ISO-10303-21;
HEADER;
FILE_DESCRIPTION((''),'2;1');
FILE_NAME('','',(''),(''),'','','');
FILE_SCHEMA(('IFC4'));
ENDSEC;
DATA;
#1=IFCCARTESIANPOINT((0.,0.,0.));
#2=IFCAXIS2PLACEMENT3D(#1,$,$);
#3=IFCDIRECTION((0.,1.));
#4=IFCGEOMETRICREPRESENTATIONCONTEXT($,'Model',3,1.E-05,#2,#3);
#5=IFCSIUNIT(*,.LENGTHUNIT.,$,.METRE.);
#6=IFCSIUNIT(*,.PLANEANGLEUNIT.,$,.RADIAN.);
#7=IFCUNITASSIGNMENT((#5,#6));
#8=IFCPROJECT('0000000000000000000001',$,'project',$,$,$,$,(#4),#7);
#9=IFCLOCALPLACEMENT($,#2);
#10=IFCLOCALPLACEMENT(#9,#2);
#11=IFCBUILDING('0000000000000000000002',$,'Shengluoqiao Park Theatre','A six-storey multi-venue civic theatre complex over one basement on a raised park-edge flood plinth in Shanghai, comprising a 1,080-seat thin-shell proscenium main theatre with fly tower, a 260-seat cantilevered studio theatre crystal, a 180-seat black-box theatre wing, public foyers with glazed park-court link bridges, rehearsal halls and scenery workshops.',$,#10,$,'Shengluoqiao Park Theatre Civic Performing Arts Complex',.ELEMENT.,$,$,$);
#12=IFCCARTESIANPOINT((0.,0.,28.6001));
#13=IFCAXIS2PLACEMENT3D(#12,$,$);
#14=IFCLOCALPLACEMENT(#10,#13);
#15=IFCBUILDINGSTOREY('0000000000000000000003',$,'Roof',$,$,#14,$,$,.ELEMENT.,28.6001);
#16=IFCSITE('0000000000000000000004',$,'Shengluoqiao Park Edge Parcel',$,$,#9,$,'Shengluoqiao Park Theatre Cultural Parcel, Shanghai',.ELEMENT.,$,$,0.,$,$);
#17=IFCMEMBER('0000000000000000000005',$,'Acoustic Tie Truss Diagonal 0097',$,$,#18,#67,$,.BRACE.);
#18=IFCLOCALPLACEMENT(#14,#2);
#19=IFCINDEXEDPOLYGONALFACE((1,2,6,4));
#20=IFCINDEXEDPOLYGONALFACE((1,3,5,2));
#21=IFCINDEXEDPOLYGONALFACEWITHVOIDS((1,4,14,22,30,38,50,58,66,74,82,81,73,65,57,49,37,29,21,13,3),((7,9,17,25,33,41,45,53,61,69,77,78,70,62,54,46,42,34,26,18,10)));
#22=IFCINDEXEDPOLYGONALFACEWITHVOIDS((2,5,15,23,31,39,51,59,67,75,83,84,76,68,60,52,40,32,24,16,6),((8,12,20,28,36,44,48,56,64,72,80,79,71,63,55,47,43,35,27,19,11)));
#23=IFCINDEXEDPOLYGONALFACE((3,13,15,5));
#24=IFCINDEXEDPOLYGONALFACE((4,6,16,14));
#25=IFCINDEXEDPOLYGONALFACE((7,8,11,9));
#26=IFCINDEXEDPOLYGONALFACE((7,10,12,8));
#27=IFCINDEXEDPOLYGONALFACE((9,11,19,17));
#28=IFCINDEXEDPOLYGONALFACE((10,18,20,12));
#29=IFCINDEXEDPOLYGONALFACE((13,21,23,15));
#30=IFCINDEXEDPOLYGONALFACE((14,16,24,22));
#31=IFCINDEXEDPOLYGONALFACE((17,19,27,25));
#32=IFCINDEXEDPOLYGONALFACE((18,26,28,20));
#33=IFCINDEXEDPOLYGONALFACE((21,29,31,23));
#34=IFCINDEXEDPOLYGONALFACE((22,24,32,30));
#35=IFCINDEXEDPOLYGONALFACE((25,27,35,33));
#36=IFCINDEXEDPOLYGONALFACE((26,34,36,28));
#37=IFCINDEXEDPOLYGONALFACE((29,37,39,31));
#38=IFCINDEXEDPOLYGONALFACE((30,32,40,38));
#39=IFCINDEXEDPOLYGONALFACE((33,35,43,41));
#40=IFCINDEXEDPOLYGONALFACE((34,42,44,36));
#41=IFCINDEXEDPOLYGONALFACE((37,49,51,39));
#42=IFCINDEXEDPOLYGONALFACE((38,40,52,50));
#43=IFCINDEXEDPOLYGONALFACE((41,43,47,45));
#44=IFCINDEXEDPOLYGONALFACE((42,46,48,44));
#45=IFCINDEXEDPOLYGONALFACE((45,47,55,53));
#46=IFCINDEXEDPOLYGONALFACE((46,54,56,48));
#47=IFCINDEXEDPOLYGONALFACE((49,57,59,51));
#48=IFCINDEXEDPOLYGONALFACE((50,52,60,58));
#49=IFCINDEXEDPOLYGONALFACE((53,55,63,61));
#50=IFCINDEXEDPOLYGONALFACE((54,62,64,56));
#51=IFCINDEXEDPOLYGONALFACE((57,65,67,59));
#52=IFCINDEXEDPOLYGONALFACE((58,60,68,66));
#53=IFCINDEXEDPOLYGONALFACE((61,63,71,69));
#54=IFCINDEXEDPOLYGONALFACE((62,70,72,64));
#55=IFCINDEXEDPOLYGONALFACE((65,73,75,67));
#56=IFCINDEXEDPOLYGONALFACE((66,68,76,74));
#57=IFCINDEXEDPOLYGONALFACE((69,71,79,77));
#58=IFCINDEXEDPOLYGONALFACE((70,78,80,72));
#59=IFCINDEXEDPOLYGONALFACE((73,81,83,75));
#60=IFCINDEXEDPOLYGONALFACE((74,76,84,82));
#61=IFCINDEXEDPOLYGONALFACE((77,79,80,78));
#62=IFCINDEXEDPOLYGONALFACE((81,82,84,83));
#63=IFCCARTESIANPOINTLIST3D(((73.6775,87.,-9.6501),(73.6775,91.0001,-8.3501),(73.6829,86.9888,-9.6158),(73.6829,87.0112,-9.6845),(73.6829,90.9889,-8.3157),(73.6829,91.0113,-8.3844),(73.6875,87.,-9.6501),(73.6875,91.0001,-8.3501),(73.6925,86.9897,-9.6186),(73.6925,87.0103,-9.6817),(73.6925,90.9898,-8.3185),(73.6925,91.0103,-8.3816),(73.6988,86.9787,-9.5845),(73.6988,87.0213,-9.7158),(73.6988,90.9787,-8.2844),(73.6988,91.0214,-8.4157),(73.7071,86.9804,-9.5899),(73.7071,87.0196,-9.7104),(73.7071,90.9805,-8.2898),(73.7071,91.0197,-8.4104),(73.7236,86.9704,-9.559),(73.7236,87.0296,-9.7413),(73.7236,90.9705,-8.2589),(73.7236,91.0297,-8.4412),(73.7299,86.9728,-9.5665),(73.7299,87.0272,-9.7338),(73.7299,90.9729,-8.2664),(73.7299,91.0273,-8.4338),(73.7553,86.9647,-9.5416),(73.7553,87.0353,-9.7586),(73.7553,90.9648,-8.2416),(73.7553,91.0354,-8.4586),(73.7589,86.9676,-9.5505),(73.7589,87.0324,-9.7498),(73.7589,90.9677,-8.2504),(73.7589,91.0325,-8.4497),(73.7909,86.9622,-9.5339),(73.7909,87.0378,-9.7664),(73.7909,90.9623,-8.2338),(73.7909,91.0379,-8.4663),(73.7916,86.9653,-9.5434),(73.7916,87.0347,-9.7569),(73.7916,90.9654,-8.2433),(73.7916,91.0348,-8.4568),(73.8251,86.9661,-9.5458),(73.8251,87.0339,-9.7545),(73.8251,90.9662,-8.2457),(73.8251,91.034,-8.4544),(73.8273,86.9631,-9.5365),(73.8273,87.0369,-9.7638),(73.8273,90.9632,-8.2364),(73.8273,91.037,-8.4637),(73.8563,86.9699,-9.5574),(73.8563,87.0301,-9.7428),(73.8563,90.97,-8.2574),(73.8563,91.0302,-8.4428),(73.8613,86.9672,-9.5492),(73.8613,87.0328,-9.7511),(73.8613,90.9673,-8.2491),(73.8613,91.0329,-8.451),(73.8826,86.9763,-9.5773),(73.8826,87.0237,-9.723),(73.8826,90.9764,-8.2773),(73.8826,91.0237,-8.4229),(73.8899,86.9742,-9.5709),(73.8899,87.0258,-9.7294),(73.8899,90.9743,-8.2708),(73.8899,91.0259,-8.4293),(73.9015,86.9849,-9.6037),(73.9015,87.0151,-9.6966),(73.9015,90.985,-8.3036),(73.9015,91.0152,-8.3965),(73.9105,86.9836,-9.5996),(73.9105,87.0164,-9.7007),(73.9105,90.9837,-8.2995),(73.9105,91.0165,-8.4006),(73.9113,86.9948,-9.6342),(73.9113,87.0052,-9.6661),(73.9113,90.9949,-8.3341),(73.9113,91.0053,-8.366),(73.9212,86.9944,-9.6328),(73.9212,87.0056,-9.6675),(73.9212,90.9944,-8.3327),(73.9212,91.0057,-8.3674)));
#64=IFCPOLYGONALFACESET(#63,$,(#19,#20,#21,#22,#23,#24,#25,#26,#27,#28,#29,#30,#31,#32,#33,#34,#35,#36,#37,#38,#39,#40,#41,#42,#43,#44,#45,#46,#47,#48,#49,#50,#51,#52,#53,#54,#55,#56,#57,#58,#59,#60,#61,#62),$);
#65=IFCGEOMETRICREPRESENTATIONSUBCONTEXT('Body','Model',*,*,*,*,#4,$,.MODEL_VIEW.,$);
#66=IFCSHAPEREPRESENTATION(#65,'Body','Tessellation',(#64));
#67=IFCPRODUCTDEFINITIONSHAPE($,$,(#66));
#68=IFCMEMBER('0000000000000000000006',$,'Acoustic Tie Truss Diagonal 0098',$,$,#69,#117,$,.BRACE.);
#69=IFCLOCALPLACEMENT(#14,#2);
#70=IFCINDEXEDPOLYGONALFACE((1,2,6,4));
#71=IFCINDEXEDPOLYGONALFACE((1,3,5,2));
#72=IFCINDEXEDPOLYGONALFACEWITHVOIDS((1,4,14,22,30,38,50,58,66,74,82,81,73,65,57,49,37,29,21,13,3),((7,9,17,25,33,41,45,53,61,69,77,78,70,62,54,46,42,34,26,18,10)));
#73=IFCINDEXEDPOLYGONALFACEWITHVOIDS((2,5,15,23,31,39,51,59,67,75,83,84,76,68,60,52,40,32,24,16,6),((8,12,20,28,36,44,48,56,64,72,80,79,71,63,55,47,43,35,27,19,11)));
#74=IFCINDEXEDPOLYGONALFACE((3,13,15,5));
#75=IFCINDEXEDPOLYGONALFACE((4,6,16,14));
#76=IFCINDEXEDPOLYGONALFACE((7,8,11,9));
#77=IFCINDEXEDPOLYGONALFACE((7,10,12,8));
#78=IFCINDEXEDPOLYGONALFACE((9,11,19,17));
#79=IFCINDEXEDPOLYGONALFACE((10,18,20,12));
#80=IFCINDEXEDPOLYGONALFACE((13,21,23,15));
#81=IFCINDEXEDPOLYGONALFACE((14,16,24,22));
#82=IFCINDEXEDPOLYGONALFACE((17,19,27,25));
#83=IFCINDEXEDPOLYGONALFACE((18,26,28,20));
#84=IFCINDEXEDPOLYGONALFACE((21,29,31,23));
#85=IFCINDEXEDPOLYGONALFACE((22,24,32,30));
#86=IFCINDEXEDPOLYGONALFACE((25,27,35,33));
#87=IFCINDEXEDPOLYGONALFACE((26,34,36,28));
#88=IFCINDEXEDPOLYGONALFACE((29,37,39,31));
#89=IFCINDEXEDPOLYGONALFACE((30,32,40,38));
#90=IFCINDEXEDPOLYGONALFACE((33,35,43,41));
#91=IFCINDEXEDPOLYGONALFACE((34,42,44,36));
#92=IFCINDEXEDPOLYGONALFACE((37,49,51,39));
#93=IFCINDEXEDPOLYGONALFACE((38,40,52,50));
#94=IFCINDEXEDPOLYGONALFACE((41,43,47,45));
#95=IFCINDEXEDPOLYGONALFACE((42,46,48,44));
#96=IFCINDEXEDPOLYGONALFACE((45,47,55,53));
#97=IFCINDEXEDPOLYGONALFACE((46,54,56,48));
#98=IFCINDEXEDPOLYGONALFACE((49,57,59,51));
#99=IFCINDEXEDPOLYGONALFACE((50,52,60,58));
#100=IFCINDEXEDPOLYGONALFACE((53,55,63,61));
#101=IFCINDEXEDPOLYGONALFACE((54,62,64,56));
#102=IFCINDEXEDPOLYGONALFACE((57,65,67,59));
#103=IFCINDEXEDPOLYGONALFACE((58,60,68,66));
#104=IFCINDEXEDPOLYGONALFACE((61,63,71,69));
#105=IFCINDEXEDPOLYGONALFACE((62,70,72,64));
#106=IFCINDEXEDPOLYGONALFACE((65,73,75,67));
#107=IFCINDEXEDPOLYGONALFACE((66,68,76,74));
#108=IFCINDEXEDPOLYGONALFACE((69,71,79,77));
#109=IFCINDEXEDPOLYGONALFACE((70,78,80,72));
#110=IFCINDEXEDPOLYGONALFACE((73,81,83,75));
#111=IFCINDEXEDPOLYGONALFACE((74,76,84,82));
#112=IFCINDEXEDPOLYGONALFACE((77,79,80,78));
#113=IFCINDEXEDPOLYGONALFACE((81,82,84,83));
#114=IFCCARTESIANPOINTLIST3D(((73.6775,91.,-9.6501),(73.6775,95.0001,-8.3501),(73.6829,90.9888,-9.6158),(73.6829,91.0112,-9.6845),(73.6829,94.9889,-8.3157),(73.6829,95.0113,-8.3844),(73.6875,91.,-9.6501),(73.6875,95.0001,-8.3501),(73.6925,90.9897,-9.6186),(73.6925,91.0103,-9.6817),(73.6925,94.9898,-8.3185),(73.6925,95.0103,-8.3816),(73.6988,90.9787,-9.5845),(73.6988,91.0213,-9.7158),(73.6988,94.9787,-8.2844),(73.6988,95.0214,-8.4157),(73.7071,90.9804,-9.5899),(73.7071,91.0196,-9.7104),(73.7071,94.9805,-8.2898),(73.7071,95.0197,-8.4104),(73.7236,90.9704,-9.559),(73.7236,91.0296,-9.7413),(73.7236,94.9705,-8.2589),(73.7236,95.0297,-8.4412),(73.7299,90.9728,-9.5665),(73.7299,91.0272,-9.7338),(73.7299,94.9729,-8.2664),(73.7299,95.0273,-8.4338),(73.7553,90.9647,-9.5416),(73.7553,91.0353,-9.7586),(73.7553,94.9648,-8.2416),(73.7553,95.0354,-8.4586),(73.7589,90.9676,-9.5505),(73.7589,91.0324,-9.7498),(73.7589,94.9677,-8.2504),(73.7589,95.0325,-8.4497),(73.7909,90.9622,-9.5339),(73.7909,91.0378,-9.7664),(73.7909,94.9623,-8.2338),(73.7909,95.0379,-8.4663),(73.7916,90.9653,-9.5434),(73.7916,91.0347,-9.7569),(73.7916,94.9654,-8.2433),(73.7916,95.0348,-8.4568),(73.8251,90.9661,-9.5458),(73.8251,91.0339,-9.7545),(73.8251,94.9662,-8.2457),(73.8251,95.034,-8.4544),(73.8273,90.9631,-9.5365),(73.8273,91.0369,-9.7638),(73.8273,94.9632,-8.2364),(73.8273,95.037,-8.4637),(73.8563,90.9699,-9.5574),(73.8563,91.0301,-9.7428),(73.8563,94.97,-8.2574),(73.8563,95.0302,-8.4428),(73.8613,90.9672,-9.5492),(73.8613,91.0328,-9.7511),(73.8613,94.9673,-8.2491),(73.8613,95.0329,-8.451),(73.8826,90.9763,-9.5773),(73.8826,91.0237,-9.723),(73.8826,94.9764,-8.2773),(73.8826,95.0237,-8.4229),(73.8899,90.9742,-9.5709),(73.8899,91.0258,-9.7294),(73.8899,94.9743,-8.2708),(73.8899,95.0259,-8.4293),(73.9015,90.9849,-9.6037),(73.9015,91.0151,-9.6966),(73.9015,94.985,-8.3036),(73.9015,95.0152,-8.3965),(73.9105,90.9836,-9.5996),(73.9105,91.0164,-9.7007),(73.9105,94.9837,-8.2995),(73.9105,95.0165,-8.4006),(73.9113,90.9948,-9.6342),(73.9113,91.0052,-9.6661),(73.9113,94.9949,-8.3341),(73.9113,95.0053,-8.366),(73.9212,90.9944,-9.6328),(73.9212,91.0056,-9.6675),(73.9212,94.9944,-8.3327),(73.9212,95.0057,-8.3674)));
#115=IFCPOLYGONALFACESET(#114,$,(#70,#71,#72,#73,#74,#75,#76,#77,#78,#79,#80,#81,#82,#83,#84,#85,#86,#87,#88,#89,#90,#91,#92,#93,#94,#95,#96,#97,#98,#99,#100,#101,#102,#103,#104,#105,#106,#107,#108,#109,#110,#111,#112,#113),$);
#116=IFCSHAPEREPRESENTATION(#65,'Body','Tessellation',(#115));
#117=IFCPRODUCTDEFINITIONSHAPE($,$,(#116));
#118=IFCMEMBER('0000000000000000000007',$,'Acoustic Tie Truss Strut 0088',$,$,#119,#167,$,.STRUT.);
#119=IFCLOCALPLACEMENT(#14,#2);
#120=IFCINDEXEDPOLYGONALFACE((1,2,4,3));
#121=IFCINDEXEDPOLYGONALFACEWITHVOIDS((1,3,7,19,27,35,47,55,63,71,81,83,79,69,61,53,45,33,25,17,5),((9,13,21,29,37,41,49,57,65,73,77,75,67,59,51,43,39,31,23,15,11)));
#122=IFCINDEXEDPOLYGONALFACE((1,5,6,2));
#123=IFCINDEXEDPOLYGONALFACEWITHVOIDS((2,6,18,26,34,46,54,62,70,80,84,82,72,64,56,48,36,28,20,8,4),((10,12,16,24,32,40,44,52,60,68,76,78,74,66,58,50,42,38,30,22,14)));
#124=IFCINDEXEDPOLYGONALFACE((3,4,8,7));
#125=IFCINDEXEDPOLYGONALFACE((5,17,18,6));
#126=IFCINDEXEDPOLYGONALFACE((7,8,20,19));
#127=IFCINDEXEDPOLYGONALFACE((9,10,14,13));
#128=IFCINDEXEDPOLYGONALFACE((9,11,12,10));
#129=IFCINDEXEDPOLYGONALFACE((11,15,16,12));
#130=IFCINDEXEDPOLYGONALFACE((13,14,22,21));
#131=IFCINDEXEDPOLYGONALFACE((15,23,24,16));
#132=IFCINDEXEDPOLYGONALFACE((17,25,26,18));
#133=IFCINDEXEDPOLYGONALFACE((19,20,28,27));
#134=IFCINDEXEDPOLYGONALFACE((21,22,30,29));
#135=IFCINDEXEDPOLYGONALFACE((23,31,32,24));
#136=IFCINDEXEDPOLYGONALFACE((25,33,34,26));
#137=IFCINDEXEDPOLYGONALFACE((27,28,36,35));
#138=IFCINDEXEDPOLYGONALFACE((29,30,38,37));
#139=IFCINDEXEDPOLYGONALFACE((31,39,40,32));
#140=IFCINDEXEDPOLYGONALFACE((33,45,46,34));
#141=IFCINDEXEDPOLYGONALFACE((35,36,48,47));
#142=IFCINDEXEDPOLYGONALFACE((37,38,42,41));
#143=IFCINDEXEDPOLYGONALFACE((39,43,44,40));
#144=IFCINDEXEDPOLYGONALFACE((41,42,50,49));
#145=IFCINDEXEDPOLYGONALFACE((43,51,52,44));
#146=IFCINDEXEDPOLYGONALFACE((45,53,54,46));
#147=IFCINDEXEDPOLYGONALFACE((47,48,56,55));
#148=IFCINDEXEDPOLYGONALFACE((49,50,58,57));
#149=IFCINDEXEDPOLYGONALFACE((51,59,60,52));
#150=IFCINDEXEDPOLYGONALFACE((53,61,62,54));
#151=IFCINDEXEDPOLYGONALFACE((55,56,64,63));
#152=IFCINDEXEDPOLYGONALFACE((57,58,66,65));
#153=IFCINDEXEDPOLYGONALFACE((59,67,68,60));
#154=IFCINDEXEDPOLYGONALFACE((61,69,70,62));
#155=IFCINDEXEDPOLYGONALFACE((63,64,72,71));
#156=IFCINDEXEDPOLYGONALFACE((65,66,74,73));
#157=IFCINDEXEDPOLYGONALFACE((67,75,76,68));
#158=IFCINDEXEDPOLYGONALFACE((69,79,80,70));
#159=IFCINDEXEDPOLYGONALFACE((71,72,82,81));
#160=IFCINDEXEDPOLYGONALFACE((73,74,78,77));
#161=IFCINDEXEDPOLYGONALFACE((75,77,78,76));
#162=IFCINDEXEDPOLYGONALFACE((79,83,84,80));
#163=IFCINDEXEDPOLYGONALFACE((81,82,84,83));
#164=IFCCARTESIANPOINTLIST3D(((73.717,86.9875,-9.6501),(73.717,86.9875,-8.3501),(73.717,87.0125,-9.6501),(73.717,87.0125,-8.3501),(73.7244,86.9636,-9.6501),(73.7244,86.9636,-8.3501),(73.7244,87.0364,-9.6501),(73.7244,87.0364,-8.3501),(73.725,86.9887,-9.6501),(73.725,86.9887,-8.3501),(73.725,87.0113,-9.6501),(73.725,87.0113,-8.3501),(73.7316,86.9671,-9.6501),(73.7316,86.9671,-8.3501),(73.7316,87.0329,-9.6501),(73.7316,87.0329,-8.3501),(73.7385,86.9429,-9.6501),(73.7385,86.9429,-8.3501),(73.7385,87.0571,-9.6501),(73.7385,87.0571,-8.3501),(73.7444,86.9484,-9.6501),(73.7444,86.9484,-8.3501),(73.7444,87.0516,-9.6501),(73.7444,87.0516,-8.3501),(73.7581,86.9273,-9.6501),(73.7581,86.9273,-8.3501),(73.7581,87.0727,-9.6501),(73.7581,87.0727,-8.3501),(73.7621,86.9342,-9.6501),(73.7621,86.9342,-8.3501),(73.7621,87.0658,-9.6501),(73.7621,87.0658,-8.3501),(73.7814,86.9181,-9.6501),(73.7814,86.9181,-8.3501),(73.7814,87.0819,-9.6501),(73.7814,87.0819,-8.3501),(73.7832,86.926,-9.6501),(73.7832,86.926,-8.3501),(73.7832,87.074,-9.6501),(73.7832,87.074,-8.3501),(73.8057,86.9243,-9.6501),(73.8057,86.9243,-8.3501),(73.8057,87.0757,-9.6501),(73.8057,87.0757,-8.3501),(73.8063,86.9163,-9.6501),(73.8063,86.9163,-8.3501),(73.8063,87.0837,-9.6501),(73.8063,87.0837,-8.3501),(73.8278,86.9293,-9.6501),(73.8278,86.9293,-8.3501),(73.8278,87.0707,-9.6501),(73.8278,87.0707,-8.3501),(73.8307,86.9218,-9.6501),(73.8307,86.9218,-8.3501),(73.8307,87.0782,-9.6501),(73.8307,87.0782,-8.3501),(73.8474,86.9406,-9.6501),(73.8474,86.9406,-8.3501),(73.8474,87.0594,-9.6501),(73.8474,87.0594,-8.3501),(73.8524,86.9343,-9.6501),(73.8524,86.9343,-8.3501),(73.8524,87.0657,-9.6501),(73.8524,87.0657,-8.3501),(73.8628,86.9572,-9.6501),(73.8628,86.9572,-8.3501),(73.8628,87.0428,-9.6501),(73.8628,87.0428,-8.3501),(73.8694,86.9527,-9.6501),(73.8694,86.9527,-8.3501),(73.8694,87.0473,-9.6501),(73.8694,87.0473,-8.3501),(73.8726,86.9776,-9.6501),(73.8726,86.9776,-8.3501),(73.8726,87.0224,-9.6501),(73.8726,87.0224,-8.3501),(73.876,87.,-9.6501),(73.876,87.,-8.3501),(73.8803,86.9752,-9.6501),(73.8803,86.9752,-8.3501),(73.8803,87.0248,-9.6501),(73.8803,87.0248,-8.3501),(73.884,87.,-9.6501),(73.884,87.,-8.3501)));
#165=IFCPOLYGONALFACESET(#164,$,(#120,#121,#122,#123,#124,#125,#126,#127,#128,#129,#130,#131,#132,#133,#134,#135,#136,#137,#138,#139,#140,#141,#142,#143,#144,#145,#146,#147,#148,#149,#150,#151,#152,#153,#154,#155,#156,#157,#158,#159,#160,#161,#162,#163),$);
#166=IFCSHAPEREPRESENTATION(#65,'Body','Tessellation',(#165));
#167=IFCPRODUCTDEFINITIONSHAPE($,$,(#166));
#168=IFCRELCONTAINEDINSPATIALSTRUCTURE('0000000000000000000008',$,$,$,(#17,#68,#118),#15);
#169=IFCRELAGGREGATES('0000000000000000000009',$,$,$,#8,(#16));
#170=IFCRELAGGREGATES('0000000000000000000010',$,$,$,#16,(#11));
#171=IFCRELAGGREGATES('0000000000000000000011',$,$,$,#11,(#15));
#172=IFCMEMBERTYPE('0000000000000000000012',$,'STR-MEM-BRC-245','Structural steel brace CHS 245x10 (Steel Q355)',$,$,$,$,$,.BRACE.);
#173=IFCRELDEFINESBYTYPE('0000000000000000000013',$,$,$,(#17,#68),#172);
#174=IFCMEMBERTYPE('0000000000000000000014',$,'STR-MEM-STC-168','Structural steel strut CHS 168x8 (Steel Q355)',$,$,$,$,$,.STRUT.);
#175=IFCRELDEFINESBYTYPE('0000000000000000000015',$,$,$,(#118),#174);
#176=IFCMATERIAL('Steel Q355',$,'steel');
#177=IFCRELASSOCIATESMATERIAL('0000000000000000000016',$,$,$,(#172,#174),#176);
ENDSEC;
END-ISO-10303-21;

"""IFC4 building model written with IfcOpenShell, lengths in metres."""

from ifc_helpers import new_model, si_unit, direction, frame, origin, origin_2d, place, context, subcontext, project, spatial, hollow_circle, extrude, material, material_profile, profile_set, type_object, element, save


model = new_model("IFC4")

# Units and contexts
model_context = context("Model", 3, precision=1e-05, world=origin(), true_north=direction((0.0, 1.0)))
body_context = subcontext(model_context, "Body", "Model", "MODEL_VIEW")
ifc_project = project(units=[si_unit("LENGTHUNIT", "METRE"), si_unit("PLANEANGLEUNIT", "RADIAN")], contexts=[model_context])

# Site, building, storey
site_placement = place(None, origin())
site = spatial("IfcSite", under=ifc_project, at=site_placement, Name="Shengluoqiao Park Edge Parcel", LongName="Shengluoqiao Park Theatre Cultural Parcel, Shanghai", CompositionType="ELEMENT", RefElevation=0.0)
building_placement = place(site_placement, origin())
building = spatial("IfcBuilding", under=site, at=building_placement, Name="Shengluoqiao Park Theatre", Description="A six-storey multi-venue civic theatre complex over one basement on a raised park-edge flood plinth in Shanghai, comprising a 1,080-seat thin-shell proscenium main theatre with fly tower, a 260-seat cantilevered studio theatre crystal, a 180-seat black-box theatre wing, public foyers with glazed park-court link bridges, rehearsal halls and scenery workshops.", LongName="Shengluoqiao Park Theatre Civic Performing Arts Complex", CompositionType="ELEMENT")
storey_placement = place(building_placement, frame((0.0, 0.0, 28.6001)))
storey = spatial("IfcBuildingStorey", under=building, at=storey_placement, Name="Roof", CompositionType="ELEMENT", Elevation=28.6001)

# Shared definitions
ifc_material = material(Name="Steel Q355", Category="steel")

# Members
ifc_material_profile_1 = material_profile(ifc_material, hollow_circle(Radius=0.1226, WallThickness=0.01, at=origin_2d()), Name="CHS 245x10")
ifc_profile_set_1 = profile_set([ifc_material_profile_1], Name="Steel Q355")
member_type_1 = type_object("IfcMemberType", Name="STR-MEM-BRC-245", Description="Structural steel brace CHS 245x10 (Steel Q355)", PredefinedType="BRACE", material=ifc_profile_set_1)
for number, where, z_axis, x_axis, name in (
    (1, (73.8, 87.0, -9.6501), (0.0, 0.951031, 0.309097), (-1.0, 0.0, 0.0), "Acoustic Tie Truss Diagonal 0097"),
    (2, (73.8, 91.0, -9.6501), (0.0, 0.951031, 0.309097), (-1.0, 0.0, 0.0), "Acoustic Tie Truss Diagonal 0098"),
):
    element("IfcMember", number, at=place(storey_placement, frame(where, z_axis=z_axis, x_axis=x_axis)), inside=storey, type_object=member_type_1, Name=name, PredefinedType="BRACE", context=body_context, shape_type="SweptSolid", body=[
        extrude(hollow_circle(Radius=0.1226, WallThickness=0.01, at=origin_2d()), origin(), (0.0, 0.0, 1.0), 4.2061),
    ])
ifc_material_profile_2 = material_profile(ifc_material, hollow_circle(Radius=0.084, WallThickness=0.0081, at=origin_2d()), Name="CHS 168x8")
ifc_profile_set_2 = profile_set([ifc_material_profile_2], Name="Steel Q355")
member_type_2 = type_object("IfcMemberType", Name="STR-MEM-STC-168", Description="Structural steel strut CHS 168x8 (Steel Q355)", PredefinedType="STRUT", material=ifc_profile_set_2)
for number, where, z_axis, x_axis, name in (
    (3, (73.8, 87.0, -9.6501), (0.0, 0.0, 1.0), (1.0, 0.0, 0.0), "Acoustic Tie Truss Strut 0088"),
):
    element("IfcMember", number, at=place(storey_placement, frame(where, z_axis=z_axis, x_axis=x_axis)), inside=storey, type_object=member_type_2, Name=name, PredefinedType="STRUT", context=body_context, shape_type="SweptSolid", body=[
        extrude(hollow_circle(Radius=0.084, WallThickness=0.0081, at=origin_2d()), origin(), (0.0, 0.0, 1.0), 1.3),
    ])

save(model, "model.ifc")
